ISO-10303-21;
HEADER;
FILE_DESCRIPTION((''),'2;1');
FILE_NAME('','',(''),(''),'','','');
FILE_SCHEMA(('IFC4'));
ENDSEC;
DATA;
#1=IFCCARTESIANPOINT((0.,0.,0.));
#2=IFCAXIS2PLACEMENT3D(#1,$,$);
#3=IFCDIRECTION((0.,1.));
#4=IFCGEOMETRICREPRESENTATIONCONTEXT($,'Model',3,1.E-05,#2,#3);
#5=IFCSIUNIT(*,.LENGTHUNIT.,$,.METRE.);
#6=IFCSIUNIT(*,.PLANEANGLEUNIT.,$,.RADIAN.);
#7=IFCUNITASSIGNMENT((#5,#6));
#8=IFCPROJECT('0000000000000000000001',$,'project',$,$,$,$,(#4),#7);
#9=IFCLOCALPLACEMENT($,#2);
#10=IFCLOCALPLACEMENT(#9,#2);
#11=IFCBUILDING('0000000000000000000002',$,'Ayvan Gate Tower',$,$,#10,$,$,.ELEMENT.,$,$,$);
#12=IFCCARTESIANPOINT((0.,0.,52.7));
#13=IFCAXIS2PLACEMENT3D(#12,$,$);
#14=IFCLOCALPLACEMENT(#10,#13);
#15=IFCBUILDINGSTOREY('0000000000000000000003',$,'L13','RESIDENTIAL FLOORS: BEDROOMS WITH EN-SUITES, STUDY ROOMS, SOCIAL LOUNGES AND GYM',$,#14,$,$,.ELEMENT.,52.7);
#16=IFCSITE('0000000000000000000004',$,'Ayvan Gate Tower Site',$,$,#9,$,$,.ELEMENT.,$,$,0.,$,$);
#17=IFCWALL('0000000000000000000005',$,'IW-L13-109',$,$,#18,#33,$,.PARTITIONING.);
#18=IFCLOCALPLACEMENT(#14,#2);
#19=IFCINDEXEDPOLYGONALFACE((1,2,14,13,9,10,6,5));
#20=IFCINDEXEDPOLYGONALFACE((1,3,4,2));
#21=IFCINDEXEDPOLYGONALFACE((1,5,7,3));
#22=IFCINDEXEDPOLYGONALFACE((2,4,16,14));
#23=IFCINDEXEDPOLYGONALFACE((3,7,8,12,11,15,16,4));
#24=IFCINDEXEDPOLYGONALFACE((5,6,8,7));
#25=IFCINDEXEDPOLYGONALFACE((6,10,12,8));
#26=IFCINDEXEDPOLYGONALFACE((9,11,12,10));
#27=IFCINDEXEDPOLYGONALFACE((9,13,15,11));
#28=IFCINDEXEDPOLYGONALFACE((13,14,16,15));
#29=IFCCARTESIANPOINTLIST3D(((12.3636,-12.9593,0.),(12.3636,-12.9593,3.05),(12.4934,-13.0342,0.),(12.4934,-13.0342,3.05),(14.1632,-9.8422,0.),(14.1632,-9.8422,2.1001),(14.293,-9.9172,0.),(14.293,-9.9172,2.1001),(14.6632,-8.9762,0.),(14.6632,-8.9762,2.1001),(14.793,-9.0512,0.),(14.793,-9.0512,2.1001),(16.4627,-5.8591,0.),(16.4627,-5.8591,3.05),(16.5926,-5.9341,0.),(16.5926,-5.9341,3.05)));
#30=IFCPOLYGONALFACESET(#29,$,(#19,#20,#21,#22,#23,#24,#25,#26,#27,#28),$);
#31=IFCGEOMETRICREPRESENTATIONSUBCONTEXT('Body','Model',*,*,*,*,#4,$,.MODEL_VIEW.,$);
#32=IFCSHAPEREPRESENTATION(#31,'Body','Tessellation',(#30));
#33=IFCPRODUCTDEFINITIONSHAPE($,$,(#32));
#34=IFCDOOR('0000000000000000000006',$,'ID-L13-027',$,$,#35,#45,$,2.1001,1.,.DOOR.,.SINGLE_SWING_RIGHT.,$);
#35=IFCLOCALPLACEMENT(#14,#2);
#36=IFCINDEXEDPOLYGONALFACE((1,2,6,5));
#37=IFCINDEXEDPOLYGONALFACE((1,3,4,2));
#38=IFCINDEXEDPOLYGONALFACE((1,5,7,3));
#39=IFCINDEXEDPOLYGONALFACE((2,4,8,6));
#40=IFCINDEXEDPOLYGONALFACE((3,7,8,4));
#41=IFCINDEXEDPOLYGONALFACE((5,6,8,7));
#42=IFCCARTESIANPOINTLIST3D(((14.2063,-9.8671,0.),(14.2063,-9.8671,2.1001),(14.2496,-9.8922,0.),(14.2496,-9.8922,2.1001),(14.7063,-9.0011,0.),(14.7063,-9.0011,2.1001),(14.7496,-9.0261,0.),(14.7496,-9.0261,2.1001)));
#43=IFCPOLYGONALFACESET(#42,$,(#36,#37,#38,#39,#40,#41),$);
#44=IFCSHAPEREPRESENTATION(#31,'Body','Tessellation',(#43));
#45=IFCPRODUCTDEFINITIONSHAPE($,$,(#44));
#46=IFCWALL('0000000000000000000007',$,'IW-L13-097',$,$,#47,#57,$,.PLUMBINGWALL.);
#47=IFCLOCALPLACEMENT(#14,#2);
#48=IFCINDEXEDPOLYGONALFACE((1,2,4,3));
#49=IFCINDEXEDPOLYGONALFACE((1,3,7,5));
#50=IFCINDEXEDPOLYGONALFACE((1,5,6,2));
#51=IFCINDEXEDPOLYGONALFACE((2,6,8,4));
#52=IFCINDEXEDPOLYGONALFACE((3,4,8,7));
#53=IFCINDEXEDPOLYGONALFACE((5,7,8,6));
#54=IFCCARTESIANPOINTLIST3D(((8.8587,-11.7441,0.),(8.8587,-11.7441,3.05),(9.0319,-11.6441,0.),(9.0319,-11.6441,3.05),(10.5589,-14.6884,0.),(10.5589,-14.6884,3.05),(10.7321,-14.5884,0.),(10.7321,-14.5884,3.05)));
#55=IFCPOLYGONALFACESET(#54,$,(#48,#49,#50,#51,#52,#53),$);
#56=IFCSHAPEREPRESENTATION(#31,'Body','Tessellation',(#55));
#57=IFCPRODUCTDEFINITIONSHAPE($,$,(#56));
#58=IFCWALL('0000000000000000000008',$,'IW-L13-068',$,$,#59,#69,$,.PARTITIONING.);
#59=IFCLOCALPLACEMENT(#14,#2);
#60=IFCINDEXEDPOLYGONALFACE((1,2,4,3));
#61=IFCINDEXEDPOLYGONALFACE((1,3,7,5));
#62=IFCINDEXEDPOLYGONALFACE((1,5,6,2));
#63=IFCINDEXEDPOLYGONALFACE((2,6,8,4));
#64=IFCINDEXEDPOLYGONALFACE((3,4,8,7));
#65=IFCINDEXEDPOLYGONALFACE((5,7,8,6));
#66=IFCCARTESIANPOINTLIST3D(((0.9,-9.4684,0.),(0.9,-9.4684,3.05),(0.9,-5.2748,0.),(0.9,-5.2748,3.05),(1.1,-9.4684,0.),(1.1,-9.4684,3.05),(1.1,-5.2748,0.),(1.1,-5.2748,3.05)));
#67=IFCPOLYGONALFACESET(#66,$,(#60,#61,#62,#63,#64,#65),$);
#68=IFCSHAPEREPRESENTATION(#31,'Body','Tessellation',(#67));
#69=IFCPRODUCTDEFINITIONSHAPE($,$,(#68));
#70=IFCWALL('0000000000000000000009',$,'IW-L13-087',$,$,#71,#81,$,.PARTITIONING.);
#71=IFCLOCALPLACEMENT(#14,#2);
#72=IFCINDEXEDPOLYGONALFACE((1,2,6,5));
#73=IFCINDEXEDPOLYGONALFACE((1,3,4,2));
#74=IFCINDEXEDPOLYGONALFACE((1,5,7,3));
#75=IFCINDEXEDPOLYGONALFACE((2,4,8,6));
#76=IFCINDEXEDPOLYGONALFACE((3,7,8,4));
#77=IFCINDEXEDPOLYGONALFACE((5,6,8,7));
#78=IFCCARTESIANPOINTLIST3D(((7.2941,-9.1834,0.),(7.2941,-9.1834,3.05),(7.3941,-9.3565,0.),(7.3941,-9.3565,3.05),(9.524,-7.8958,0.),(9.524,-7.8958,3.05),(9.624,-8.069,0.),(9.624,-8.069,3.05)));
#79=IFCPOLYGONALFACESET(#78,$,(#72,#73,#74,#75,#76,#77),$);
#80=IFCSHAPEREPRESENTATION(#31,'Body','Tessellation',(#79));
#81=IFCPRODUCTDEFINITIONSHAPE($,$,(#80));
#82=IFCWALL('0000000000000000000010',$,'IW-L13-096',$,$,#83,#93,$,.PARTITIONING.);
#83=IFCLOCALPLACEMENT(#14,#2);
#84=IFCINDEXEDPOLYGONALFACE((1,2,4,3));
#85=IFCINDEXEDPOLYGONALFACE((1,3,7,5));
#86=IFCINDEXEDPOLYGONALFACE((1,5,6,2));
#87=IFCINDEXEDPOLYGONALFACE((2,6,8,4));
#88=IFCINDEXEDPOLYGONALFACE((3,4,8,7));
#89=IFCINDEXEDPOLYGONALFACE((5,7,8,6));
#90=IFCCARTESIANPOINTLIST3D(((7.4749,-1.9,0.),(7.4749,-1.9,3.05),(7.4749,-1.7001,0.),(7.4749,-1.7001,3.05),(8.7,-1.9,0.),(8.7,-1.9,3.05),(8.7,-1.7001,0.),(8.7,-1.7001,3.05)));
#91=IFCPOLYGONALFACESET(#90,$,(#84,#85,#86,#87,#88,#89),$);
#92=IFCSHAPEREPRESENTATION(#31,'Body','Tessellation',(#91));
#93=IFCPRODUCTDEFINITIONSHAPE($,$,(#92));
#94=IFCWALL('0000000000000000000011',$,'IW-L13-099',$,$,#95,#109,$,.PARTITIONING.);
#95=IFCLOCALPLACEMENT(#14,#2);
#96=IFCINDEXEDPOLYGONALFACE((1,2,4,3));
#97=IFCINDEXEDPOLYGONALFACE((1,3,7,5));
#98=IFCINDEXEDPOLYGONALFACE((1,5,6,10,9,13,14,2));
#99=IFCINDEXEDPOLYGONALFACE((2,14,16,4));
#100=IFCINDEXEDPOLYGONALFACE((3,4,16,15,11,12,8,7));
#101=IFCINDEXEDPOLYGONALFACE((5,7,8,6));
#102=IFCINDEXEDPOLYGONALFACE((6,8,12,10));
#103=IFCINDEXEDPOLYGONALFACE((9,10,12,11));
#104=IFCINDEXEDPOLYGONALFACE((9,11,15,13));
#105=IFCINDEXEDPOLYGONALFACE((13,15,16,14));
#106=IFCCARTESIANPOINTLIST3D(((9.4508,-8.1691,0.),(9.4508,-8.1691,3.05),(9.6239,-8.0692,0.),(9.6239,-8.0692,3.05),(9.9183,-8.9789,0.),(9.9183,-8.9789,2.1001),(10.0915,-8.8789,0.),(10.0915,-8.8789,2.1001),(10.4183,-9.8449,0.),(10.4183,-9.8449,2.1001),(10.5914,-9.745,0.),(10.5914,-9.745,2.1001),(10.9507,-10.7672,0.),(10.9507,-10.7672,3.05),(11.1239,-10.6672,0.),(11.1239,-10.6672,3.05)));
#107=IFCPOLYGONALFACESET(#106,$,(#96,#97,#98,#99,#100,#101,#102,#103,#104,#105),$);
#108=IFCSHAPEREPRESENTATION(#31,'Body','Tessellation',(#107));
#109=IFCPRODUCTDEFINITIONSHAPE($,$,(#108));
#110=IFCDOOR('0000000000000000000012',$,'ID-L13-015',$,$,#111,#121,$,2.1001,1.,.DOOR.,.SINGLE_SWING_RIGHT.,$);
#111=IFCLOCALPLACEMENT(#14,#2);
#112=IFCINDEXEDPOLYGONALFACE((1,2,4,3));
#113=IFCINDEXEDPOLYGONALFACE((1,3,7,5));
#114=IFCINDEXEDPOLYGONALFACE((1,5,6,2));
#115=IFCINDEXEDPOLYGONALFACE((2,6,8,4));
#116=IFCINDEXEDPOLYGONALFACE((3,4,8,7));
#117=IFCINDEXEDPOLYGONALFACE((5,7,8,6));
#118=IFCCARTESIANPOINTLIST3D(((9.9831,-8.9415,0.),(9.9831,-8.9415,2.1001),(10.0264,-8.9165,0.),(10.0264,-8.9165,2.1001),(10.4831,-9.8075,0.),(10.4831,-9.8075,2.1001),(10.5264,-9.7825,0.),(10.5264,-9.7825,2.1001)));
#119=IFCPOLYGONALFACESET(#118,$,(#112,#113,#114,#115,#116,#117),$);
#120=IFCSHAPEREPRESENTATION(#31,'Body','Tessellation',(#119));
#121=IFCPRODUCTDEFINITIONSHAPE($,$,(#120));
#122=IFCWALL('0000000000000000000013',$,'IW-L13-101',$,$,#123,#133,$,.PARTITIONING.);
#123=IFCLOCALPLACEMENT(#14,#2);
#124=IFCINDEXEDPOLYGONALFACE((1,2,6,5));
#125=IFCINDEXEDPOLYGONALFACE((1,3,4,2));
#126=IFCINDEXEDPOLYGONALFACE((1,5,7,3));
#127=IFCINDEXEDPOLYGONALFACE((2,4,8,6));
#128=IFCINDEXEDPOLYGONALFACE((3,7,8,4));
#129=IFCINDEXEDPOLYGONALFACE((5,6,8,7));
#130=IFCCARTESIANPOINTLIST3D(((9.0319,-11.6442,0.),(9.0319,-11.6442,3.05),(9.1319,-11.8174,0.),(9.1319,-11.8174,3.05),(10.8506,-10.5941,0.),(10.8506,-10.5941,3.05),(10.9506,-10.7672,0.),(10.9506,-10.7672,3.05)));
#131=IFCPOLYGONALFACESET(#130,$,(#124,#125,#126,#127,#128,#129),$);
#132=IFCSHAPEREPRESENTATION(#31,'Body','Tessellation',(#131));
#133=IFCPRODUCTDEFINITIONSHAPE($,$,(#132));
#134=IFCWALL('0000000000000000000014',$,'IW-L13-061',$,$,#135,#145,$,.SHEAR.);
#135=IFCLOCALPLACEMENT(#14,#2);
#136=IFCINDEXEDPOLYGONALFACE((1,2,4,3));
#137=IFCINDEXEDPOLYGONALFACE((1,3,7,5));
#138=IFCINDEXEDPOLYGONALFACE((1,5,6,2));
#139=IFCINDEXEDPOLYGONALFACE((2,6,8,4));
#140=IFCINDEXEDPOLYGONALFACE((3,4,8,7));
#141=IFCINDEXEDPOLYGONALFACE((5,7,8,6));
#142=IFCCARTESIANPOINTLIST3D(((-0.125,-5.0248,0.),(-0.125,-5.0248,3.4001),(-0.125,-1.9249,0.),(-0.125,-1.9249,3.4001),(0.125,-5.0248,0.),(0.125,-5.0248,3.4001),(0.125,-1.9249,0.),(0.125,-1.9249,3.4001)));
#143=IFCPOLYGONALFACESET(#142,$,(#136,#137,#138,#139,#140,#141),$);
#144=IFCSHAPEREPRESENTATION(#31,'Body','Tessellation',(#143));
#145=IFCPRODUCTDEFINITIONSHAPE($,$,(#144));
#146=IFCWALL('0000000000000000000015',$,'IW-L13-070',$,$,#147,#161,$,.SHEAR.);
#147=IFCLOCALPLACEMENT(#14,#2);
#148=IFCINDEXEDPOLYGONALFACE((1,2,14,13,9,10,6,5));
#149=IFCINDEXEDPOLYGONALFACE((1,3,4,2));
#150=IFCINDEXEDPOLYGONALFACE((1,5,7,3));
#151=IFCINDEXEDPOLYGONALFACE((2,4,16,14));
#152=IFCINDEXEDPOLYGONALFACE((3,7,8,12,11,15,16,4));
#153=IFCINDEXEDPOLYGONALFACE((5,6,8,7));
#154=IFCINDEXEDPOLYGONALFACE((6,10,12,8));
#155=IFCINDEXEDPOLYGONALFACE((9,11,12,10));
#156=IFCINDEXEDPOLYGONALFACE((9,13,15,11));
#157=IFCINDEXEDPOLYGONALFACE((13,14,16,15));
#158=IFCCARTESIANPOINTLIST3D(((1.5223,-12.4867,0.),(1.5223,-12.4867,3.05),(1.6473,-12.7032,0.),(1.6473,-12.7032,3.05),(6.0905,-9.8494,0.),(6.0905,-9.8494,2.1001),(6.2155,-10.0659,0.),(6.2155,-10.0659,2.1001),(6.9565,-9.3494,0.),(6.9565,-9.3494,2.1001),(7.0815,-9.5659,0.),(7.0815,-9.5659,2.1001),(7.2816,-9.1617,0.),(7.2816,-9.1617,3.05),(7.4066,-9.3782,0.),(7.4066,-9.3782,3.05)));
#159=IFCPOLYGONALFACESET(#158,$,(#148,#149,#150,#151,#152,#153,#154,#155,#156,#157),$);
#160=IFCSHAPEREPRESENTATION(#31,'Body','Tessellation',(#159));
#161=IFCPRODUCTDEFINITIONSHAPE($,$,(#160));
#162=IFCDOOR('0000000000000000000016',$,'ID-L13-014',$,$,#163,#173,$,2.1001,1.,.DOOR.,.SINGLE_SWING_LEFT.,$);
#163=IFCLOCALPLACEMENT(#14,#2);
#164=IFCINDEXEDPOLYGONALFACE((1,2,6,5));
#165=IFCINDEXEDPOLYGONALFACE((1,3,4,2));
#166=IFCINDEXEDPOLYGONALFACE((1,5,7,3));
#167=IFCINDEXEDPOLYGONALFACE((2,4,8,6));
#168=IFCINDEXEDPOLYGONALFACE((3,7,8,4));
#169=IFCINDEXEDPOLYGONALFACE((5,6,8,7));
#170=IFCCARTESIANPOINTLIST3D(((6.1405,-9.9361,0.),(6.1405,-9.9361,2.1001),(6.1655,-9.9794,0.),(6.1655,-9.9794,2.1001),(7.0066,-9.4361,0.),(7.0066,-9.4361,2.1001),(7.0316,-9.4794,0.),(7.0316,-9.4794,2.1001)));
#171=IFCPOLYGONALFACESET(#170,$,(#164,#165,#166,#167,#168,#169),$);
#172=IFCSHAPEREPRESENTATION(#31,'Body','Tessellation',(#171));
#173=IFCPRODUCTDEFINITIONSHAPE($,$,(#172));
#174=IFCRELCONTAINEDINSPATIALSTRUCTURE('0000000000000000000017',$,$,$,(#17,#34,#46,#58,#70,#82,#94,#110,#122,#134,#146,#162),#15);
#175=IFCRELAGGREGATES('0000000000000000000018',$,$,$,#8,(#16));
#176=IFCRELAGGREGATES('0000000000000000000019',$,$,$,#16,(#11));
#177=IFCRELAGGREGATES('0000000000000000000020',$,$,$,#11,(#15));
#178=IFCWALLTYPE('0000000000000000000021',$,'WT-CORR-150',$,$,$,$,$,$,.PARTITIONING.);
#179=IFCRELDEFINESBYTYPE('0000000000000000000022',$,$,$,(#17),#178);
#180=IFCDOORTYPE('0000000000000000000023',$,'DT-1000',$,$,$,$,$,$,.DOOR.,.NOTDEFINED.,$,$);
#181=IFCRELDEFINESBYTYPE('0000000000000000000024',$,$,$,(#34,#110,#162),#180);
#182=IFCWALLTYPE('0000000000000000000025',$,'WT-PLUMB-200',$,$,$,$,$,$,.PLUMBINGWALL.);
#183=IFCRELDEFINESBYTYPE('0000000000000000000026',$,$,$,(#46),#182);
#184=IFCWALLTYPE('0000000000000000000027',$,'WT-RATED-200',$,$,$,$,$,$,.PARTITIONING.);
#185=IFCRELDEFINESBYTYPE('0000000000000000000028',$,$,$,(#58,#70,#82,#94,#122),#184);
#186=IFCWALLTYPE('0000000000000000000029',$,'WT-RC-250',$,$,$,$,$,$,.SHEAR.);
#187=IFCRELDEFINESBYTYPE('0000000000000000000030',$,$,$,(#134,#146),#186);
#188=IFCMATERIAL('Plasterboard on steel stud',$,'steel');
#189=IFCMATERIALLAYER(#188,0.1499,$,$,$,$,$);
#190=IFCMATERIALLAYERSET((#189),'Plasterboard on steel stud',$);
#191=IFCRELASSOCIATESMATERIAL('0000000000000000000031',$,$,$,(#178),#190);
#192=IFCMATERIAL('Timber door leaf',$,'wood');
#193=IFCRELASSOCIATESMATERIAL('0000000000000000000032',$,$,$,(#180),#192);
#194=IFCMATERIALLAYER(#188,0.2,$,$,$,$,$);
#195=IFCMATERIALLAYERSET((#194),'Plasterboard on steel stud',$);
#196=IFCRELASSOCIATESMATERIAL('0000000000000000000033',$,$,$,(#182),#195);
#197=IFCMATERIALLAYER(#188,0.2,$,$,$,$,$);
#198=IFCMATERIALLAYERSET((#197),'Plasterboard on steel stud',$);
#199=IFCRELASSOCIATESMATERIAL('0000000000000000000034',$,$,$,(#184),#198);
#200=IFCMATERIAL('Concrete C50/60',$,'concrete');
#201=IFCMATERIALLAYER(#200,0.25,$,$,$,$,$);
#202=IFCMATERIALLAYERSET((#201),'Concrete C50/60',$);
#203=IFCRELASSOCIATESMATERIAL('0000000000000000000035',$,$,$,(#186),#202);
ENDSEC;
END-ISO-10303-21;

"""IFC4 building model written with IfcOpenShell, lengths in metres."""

from ifc_helpers import new_model, si_unit, direction, frame, frame_2d, origin, place, context, subcontext, project, spatial, rectangle, extrude, material, layer, layer_set, type_object, element, fill, save


model = new_model("IFC4")

# Units and contexts
model_context = context("Model", 3, precision=1e-05, world=origin(), true_north=direction((0.0, 1.0)))
body_context = subcontext(model_context, "Body", "Model", "MODEL_VIEW")
ifc_project = project(units=[si_unit("LENGTHUNIT", "METRE"), si_unit("PLANEANGLEUNIT", "RADIAN")], contexts=[model_context])

# Site, building, storey
site_placement = place(None, origin())
site = spatial("IfcSite", under=ifc_project, at=site_placement, Name="Ayvan Gate Tower Site", CompositionType="ELEMENT", RefElevation=0.0)
building_placement = place(site_placement, origin())
building = spatial("IfcBuilding", under=site, at=building_placement, Name="Ayvan Gate Tower", CompositionType="ELEMENT")
storey_placement = place(building_placement, frame((0.0, 0.0, 52.7)))
storey = spatial("IfcBuildingStorey", under=building, at=storey_placement, Name="L13", Description="RESIDENTIAL FLOORS: BEDROOMS WITH EN-SUITES, STUDY ROOMS, SOCIAL LOUNGES AND GYM", CompositionType="ELEMENT", Elevation=52.7)

# Shared definitions
ifc_material_1 = material(Name="Timber door leaf", Category="wood")

# Shared definitions
ifc_material_2 = material(Name="Plasterboard on steel stud", Category="steel")
ifc_layer_1 = layer(ifc_material_2, 0.1499)
ifc_layer_set_1 = layer_set([ifc_layer_1], Name="Plasterboard on steel stud")
wall_type_1 = type_object("IfcWallType", Name="WT-CORR-150", PredefinedType="PARTITIONING", material=ifc_layer_set_1)

# Wall, opening, door
wall_1_placement = place(storey_placement, frame((16.5276, -5.8967, 0.0), z_axis=(0.0, 0.0, 1.0), x_axis=(-0.499989, -0.866032, 0.0)))
wall_1 = element("IfcWall", 1, at=wall_1_placement, inside=storey, type_object=wall_type_1, Name="IW-L13-109", PredefinedType="PARTITIONING", context=body_context, shape_type="SweptSolid", body=[
    extrude(rectangle(XDim=8.1985, YDim=0.1499, at=frame_2d((4.0991, 0.0))), origin(), (0.0, 0.0, 1.0), 3.05),
])
opening_1_placement = place(wall_1_placement, frame((3.5991, 0.0, 0.0)))
opening_1 = element("IfcOpeningElement", 2, at=opening_1_placement, cuts=wall_1, PredefinedType="OPENING", context=body_context, shape_type="SweptSolid", body=[
    extrude(rectangle(XDim=1.0, YDim=2.1001, at=frame_2d((0.5, 1.05))), frame((0.0, 0.085, 0.0), z_axis=(0.0, -1.0, 0.0), x_axis=(1.0, 0.0, 0.0)), (0.0, 0.0, 1.0), 0.1699),
])
door_type_1 = type_object("IfcDoorType", Name="DT-1000", OperationType="NOTDEFINED", PredefinedType="DOOR", material=ifc_material_1)
door_1_placement = place(opening_1_placement, origin())
door_1 = element("IfcDoor", 3, at=door_1_placement, inside=storey, type_object=door_type_1, Name="ID-L13-027", OperationType="SINGLE_SWING_RIGHT", OverallHeight=2.1001, OverallWidth=1.0, PredefinedType="DOOR", context=body_context, shape_type="SweptSolid", body=[
    extrude(rectangle(XDim=1.0, YDim=2.1001, at=frame_2d((0.5, 1.05))), frame((0.0, 0.0249, 0.0), z_axis=(0.0, -1.0, 0.0), x_axis=(1.0, 0.0, 0.0)), (0.0, 0.0, 1.0), 0.05),
])
fill(opening_1, door_1)

# Walls
ifc_layer_2 = layer(ifc_material_2, 0.2)
ifc_layer_set_2 = layer_set([ifc_layer_2], Name="Plasterboard on steel stud")
wall_type_2 = type_object("IfcWallType", Name="WT-PLUMB-200", PredefinedType="PLUMBINGWALL", material=ifc_layer_set_2)
wall_2_placement = place(storey_placement, frame((8.9453, -11.6941, 0.0), z_axis=(0.0, 0.0, 1.0), x_axis=(0.500062, -0.865989, 0.0)))
element("IfcWall", 4, at=wall_2_placement, inside=storey, type_object=wall_type_2, Name="IW-L13-097", PredefinedType="PLUMBINGWALL", context=body_context, shape_type="SweptSolid", body=[
    extrude(rectangle(XDim=3.3999, YDim=0.2, at=frame_2d((1.7, 0.0))), origin(), (0.0, 0.0, 1.0), 3.05),
])
ifc_layer_3 = layer(ifc_material_2, 0.2)
ifc_layer_set_3 = layer_set([ifc_layer_3], Name="Plasterboard on steel stud")
wall_type_3 = type_object("IfcWallType", Name="WT-RATED-200", PredefinedType="PARTITIONING", material=ifc_layer_set_3)
wall_3_placement = place(storey_placement, frame((1.0, -5.2749, 0.0), z_axis=(0.0, 0.0, 1.0), x_axis=(0.0, -1.0, 0.0)))
element("IfcWall", 5, at=wall_3_placement, inside=storey, type_object=wall_type_3, Name="IW-L13-068", PredefinedType="PARTITIONING", context=body_context, shape_type="SweptSolid", body=[
    extrude(rectangle(XDim=4.1936, YDim=0.2, at=frame_2d((2.0967, 0.0))), origin(), (0.0, 0.0, 1.0), 3.05),
])
wall_4_placement = place(storey_placement, frame((7.344, -9.27, 0.0), z_axis=(0.0, 0.0, 1.0), x_axis=(0.866006, 0.500034, 0.0)))
element("IfcWall", 6, at=wall_4_placement, inside=storey, type_object=wall_type_3, Name="IW-L13-087", PredefinedType="PARTITIONING", context=body_context, shape_type="SweptSolid", body=[
    extrude(rectangle(XDim=2.575, YDim=0.2, at=frame_2d((1.2876, 0.0))), origin(), (0.0, 0.0, 1.0), 3.05),
])
wall_5_placement = place(storey_placement, frame((8.7, -1.8, 0.0), z_axis=(0.0, 0.0, 1.0), x_axis=(-1.0, 0.0, 0.0)))
element("IfcWall", 7, at=wall_5_placement, inside=storey, type_object=wall_type_3, Name="IW-L13-096", PredefinedType="PARTITIONING", context=body_context, shape_type="SweptSolid", body=[
    extrude(rectangle(XDim=1.2251, YDim=0.2, at=frame_2d((0.6125, 0.0))), origin(), (0.0, 0.0, 1.0), 3.05),
])

# Wall, opening, door
wall_6_placement = place(storey_placement, frame((9.5374, -8.1191, 0.0), z_axis=(0.0, 0.0, 1.0), x_axis=(0.49999, -0.866031, 0.0)))
wall_6 = element("IfcWall", 8, at=wall_6_placement, inside=storey, type_object=wall_type_3, Name="IW-L13-099", PredefinedType="PARTITIONING", context=body_context, shape_type="SweptSolid", body=[
    extrude(rectangle(XDim=3.0, YDim=0.2, at=frame_2d((1.5, 0.0))), origin(), (0.0, 0.0, 1.0), 3.05),
])
opening_2_placement = place(wall_6_placement, frame((0.9351, 0.0, 0.0)))
opening_2 = element("IfcOpeningElement", 9, at=opening_2_placement, cuts=wall_6, PredefinedType="OPENING", context=body_context, shape_type="SweptSolid", body=[
    extrude(rectangle(XDim=1.0, YDim=2.1001, at=frame_2d((0.5, 1.05))), frame((0.0, 0.1099, 0.0), z_axis=(0.0, -1.0, 0.0), x_axis=(1.0, 0.0, 0.0)), (0.0, 0.0, 1.0), 0.22),
])
door_2_placement = place(opening_2_placement, origin())
door_2 = element("IfcDoor", 10, at=door_2_placement, inside=storey, type_object=door_type_1, Name="ID-L13-015", OperationType="SINGLE_SWING_RIGHT", OverallHeight=2.1001, OverallWidth=1.0, PredefinedType="DOOR", context=body_context, shape_type="SweptSolid", body=[
    extrude(rectangle(XDim=1.0, YDim=2.1001, at=frame_2d((0.5, 1.05))), frame((0.0, 0.0249, 0.0), z_axis=(0.0, -1.0, 0.0), x_axis=(1.0, 0.0, 0.0)), (0.0, 0.0, 1.0), 0.05),
])
fill(opening_2, door_2)

# Walls
wall_7_placement = place(storey_placement, frame((10.9006, -10.6807, 0.0), z_axis=(0.0, 0.0, 1.0), x_axis=(-0.866009, -0.500028, 0.0)))
element("IfcWall", 11, at=wall_7_placement, inside=storey, type_object=wall_type_3, Name="IW-L13-101", PredefinedType="PARTITIONING", context=body_context, shape_type="SweptSolid", body=[
    extrude(rectangle(XDim=2.1001, YDim=0.2, at=frame_2d((1.05, 0.0))), origin(), (0.0, 0.0, 1.0), 3.05),
])
ifc_material_3 = material(Name="Concrete C50/60", Category="concrete")
ifc_layer_4 = layer(ifc_material_3, 0.25)
ifc_layer_set_4 = layer_set([ifc_layer_4], Name="Concrete C50/60")
wall_type_4 = type_object("IfcWallType", Name="WT-RC-250", PredefinedType="SHEAR", material=ifc_layer_set_4)
wall_8_placement = place(storey_placement, frame((0.0, -1.925, 0.0), z_axis=(0.0, 0.0, 1.0), x_axis=(0.0, -1.0, 0.0)))
element("IfcWall", 12, at=wall_8_placement, inside=storey, type_object=wall_type_4, Name="IW-L13-061", PredefinedType="SHEAR", context=body_context, shape_type="SweptSolid", body=[
    extrude(rectangle(XDim=3.0999, YDim=0.25, at=frame_2d((1.5498, 0.0))), origin(), (0.0, 0.0, 1.0), 3.4001),
])

# Wall, opening, door
wall_9_placement = place(storey_placement, frame((1.5847, -12.595, 0.0), z_axis=(0.0, 0.0, 1.0), x_axis=(0.866036, 0.499981, 0.0)))
wall_9 = element("IfcWall", 13, at=wall_9_placement, inside=storey, type_object=wall_type_4, Name="IW-L13-070", PredefinedType="SHEAR", context=body_context, shape_type="SweptSolid", body=[
    extrude(rectangle(XDim=6.6501, YDim=0.25, at=frame_2d((3.3252, 0.0))), origin(), (0.0, 0.0, 1.0), 3.05),
])
opening_3_placement = place(wall_9_placement, frame((5.2749, 0.0, 0.0)))
opening_3 = element("IfcOpeningElement", 14, at=opening_3_placement, cuts=wall_9, PredefinedType="OPENING", context=body_context, shape_type="SweptSolid", body=[
    extrude(rectangle(XDim=1.0, YDim=2.1001, at=frame_2d((0.5, 1.05))), frame((0.0, 0.135, 0.0), z_axis=(0.0, -1.0, 0.0), x_axis=(1.0, 0.0, 0.0)), (0.0, 0.0, 1.0), 0.27),
])
door_3_placement = place(opening_3_placement, origin())
door_3 = element("IfcDoor", 15, at=door_3_placement, inside=storey, type_object=door_type_1, Name="ID-L13-014", OperationType="SINGLE_SWING_LEFT", OverallHeight=2.1001, OverallWidth=1.0, PredefinedType="DOOR", context=body_context, shape_type="SweptSolid", body=[
    extrude(rectangle(XDim=1.0, YDim=2.1001, at=frame_2d((0.5, 1.05))), frame((0.0, 0.0249, 0.0), z_axis=(0.0, -1.0, 0.0), x_axis=(1.0, 0.0, 0.0)), (0.0, 0.0, 1.0), 0.05),
])
fill(opening_3, door_3)

save(model, "model.ifc")
